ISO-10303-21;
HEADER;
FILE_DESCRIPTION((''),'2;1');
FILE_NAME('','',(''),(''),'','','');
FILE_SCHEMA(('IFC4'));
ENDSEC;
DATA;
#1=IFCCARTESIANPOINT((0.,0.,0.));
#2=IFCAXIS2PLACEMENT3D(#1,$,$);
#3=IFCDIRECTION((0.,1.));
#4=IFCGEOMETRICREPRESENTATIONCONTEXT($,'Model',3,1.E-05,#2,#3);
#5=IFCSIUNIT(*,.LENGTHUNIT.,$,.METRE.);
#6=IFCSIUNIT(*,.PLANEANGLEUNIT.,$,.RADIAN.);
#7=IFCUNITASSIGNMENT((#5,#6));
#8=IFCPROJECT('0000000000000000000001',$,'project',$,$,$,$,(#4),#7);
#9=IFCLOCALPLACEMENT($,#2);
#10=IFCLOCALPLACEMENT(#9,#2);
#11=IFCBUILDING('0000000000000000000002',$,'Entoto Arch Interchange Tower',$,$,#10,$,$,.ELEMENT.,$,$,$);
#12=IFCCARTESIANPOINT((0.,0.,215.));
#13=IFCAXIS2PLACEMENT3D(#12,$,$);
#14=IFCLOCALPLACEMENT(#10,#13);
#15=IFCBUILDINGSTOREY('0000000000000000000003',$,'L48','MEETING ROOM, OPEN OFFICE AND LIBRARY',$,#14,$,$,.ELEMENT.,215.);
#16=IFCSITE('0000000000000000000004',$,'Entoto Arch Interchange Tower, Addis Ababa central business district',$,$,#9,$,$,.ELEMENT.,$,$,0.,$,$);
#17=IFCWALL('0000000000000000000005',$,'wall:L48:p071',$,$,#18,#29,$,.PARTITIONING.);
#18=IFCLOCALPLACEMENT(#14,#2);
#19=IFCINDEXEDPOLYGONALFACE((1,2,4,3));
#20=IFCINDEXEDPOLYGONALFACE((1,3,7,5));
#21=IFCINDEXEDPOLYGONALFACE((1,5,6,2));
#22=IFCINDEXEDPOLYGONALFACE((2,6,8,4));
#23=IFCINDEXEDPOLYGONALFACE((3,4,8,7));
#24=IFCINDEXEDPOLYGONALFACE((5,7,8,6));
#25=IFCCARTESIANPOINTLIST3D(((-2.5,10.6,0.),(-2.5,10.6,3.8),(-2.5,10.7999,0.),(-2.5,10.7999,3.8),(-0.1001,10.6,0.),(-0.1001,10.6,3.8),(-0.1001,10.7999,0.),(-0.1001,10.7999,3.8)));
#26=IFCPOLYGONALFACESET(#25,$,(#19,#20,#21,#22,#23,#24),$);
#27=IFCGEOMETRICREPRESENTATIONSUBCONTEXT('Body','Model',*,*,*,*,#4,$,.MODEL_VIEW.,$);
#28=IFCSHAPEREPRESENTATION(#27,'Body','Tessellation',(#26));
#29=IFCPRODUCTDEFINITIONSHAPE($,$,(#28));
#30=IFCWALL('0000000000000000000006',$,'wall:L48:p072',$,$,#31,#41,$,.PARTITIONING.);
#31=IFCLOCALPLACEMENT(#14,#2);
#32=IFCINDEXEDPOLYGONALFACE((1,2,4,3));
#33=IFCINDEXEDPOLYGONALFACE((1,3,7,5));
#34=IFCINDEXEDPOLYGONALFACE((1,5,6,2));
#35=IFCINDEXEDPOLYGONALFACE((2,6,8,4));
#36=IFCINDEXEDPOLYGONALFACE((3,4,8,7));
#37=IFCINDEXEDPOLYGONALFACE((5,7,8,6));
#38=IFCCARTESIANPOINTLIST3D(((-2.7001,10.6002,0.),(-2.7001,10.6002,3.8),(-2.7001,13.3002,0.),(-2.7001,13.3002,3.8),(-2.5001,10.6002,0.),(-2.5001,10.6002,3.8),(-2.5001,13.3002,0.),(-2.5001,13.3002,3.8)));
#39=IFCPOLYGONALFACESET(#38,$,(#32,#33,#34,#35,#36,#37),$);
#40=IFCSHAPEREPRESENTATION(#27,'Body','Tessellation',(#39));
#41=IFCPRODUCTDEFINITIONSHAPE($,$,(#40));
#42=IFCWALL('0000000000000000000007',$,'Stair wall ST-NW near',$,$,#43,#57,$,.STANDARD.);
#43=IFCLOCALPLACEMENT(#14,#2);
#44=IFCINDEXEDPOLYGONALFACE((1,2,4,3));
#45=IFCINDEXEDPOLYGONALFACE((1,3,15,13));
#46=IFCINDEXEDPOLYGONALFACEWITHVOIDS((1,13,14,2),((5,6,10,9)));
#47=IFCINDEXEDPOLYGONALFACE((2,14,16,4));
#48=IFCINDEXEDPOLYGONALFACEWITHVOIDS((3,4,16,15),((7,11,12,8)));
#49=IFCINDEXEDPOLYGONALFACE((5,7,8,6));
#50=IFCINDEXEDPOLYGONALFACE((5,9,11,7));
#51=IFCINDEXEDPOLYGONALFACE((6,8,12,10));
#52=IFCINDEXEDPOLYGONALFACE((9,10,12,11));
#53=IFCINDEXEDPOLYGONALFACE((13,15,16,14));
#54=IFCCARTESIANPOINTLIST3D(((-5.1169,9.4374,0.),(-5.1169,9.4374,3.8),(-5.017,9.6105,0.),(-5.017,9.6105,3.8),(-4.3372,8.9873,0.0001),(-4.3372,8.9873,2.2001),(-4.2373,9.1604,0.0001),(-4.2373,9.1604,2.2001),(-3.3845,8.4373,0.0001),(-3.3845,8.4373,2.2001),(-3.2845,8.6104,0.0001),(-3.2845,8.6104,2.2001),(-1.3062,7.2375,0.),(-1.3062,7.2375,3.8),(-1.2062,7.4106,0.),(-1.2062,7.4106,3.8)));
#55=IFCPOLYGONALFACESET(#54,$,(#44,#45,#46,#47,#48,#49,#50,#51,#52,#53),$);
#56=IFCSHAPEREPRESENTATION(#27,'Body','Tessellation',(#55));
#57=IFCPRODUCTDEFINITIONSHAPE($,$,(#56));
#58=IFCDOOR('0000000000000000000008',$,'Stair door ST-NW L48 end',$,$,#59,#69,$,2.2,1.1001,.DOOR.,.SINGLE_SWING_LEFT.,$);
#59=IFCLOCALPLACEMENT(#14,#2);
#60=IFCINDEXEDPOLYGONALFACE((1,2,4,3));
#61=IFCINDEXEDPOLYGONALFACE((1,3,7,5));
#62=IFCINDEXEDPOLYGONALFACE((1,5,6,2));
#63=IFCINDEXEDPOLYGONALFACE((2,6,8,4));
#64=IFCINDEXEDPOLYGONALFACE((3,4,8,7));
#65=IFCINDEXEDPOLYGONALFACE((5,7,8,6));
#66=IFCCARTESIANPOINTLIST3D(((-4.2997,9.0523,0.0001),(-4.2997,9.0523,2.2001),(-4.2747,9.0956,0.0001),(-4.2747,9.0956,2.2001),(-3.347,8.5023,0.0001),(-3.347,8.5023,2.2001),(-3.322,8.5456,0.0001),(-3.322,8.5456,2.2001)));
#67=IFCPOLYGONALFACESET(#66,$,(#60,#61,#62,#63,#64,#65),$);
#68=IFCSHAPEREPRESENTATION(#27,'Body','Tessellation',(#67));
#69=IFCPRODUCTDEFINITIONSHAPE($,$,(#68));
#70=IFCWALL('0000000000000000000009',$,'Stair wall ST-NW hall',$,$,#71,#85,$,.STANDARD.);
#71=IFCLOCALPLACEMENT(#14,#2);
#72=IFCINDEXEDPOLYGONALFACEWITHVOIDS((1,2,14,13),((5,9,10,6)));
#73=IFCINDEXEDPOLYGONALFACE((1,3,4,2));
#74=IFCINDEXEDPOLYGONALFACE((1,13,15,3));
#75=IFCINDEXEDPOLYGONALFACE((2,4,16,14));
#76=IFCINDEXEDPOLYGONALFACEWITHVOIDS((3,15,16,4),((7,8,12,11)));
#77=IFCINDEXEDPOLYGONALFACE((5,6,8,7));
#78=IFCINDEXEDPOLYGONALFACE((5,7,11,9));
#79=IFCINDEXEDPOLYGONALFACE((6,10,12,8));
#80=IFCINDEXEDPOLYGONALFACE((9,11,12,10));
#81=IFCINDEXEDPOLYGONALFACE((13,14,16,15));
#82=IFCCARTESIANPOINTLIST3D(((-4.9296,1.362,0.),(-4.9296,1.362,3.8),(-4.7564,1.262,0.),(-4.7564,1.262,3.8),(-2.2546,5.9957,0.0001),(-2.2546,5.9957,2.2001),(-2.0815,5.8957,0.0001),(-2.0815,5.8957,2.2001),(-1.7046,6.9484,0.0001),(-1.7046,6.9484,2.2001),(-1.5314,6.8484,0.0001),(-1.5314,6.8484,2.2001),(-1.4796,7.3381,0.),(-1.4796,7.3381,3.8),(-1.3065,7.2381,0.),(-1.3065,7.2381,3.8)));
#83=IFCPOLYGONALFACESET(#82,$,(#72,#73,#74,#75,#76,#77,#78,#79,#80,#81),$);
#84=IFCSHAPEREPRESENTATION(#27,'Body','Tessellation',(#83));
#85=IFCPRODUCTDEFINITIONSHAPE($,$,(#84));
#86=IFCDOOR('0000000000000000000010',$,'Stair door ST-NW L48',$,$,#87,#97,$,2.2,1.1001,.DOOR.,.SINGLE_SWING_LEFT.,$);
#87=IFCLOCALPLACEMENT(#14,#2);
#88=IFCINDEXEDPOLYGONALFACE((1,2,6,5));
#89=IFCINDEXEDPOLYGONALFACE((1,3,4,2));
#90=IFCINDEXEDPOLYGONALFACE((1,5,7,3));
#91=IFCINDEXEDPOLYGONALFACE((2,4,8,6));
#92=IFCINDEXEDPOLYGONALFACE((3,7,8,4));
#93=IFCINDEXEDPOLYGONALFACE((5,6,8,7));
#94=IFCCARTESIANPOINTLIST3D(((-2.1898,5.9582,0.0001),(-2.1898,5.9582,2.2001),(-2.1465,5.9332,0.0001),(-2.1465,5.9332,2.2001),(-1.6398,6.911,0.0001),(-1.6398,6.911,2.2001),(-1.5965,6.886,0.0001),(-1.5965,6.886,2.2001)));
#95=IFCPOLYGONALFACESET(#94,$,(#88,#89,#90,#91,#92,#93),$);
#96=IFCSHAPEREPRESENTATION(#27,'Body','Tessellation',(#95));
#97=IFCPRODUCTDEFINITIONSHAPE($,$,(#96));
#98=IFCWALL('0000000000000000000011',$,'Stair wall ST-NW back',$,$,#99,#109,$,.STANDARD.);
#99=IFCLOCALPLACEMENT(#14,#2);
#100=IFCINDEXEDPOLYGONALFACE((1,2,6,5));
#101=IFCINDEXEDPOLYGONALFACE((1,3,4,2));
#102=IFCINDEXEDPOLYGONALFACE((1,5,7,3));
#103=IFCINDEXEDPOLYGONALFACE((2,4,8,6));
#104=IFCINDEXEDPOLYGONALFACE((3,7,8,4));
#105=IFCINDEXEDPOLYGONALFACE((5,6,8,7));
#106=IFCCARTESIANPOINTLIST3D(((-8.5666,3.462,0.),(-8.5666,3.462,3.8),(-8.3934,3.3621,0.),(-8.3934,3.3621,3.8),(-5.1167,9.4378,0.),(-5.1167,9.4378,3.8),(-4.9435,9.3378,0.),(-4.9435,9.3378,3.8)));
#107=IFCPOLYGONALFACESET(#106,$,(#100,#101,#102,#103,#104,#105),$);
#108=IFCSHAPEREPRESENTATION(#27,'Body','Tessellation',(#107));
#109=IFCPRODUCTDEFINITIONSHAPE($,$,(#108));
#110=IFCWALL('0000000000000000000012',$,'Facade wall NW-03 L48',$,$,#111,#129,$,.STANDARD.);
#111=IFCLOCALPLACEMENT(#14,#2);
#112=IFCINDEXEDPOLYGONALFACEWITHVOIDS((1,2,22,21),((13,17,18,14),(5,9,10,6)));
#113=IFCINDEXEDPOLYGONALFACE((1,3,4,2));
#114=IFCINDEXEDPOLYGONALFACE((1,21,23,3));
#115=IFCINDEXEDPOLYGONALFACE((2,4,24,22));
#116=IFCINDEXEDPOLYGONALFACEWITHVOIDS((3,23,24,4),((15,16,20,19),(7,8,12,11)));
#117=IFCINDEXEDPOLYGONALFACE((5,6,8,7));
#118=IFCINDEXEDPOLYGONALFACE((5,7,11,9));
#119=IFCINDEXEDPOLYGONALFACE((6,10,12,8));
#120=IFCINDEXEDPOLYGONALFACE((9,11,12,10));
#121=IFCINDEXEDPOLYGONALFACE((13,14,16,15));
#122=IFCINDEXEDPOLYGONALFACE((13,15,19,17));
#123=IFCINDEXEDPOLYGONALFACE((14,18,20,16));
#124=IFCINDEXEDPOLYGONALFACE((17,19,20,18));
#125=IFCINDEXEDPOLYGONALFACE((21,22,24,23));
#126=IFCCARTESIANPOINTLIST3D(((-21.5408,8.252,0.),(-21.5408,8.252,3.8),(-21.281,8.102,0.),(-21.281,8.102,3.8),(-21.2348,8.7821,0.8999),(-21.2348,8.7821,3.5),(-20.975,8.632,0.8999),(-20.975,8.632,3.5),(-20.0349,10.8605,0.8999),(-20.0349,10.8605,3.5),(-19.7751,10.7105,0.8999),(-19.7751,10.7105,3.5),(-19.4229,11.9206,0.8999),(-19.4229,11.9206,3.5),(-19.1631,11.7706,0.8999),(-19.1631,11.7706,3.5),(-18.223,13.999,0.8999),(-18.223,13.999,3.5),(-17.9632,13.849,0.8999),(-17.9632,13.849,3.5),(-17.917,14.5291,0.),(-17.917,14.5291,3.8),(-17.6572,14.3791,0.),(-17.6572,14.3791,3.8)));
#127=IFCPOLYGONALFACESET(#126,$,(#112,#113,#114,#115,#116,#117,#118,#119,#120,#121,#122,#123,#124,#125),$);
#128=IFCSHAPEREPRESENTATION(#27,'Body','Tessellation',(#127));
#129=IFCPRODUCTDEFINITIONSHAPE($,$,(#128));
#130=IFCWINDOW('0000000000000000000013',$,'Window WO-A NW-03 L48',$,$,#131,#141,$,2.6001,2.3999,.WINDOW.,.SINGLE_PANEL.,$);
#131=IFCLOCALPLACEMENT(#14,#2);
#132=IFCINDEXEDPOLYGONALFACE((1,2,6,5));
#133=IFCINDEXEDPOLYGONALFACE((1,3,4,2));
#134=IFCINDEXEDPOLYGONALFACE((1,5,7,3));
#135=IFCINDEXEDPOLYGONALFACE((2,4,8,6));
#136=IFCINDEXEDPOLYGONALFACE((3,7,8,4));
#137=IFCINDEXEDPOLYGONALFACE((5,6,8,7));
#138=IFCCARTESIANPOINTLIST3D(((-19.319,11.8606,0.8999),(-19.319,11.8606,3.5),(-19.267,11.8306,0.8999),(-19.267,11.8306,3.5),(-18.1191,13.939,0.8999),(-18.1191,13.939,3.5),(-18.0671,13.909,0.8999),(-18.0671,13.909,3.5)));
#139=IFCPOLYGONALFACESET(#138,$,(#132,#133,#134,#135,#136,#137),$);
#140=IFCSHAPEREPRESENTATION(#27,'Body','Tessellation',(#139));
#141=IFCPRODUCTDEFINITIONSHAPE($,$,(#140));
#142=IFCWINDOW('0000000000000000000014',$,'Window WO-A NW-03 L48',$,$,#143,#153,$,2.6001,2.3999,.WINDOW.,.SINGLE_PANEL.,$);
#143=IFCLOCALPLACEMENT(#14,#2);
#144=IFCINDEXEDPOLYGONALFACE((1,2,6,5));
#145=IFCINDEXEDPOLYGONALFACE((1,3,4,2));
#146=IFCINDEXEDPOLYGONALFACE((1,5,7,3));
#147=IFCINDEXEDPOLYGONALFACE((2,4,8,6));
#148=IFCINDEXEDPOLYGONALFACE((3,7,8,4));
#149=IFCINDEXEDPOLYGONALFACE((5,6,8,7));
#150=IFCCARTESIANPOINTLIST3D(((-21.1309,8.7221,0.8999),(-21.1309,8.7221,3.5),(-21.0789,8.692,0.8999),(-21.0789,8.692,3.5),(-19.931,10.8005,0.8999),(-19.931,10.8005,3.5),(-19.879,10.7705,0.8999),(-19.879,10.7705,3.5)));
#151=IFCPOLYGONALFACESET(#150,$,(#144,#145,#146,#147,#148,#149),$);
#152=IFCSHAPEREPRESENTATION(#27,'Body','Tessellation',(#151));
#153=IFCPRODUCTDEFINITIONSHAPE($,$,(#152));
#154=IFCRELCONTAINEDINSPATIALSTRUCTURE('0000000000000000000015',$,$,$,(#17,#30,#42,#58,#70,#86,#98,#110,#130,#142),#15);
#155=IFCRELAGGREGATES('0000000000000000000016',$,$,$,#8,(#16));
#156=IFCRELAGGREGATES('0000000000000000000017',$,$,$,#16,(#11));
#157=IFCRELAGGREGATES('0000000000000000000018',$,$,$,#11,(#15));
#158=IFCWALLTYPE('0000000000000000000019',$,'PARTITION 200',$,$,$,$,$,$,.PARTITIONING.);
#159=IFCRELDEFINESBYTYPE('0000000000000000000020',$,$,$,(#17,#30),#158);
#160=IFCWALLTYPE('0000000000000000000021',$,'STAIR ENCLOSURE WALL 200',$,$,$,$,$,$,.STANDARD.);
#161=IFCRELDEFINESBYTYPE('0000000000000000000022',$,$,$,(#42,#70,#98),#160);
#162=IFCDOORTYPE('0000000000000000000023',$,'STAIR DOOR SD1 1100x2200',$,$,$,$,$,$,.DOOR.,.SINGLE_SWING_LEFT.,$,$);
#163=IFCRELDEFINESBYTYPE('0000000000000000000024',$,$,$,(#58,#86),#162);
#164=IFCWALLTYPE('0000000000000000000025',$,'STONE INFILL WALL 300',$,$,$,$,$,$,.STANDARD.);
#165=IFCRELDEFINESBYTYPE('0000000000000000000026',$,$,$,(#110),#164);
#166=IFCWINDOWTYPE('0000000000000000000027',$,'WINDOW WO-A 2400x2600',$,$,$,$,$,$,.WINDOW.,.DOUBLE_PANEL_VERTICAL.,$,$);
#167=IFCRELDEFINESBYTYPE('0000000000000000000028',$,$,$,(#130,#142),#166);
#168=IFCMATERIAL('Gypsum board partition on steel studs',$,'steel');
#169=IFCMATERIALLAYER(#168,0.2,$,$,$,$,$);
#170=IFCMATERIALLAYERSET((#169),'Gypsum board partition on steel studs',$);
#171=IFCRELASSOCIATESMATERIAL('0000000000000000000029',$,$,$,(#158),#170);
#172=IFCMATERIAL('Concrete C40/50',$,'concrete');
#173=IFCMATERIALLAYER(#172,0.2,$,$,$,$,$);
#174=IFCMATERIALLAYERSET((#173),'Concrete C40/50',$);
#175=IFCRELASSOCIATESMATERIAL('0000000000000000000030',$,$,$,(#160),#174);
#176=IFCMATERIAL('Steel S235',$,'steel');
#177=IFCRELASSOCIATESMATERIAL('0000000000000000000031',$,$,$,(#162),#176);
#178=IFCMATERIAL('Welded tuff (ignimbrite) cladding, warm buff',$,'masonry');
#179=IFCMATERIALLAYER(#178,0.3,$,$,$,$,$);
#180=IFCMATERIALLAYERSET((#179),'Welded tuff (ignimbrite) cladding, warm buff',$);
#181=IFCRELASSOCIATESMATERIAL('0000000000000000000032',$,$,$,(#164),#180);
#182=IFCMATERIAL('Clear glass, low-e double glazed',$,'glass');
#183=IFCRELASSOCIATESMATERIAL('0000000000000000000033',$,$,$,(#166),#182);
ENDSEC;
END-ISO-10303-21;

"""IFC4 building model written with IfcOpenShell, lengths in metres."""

from ifc_helpers import new_model, si_unit, direction, frame, frame_2d, origin, place, context, subcontext, project, spatial, rectangle, extrude, material, layer, layer_set, type_object, element, fill, save


model = new_model("IFC4")

# Units and contexts
model_context = context("Model", 3, precision=1e-05, world=origin(), true_north=direction((0.0, 1.0)))
body_context = subcontext(model_context, "Body", "Model", "MODEL_VIEW")
ifc_project = project(units=[si_unit("LENGTHUNIT", "METRE"), si_unit("PLANEANGLEUNIT", "RADIAN")], contexts=[model_context])

# Site, building, storey
site_placement = place(None, origin())
site = spatial("IfcSite", under=ifc_project, at=site_placement, Name="Entoto Arch Interchange Tower, Addis Ababa central business district", CompositionType="ELEMENT", RefElevation=0.0)
building_placement = place(site_placement, origin())
building = spatial("IfcBuilding", under=site, at=building_placement, Name="Entoto Arch Interchange Tower", CompositionType="ELEMENT")
storey_placement = place(building_placement, frame((0.0, 0.0, 215.0)))
storey = spatial("IfcBuildingStorey", under=building, at=storey_placement, Name="L48", Description="MEETING ROOM, OPEN OFFICE AND LIBRARY", CompositionType="ELEMENT", Elevation=215.0)

# Shared definitions
ifc_material_1 = material(Name="Concrete C40/50", Category="concrete")
ifc_material_2 = material(Name="Gypsum board partition on steel studs", Category="steel")

# Shared definitions
ifc_layer_1 = layer(ifc_material_2, 0.2)
ifc_layer_set_1 = layer_set([ifc_layer_1], Name="Gypsum board partition on steel studs")
wall_type_1 = type_object("IfcWallType", Name="PARTITION 200", PredefinedType="PARTITIONING", material=ifc_layer_set_1)

# Walls
wall_1_placement = place(storey_placement, frame((-0.1001, 10.7, 0.0), z_axis=(0.0, 0.0, 1.0), x_axis=(-1.0, 0.0, 0.0)))
element("IfcWall", 1, at=wall_1_placement, inside=storey, type_object=wall_type_1, Name="wall:L48:p071", PredefinedType="PARTITIONING", context=body_context, shape_type="SweptSolid", body=[
    extrude(rectangle(XDim=2.3999, YDim=0.2, at=frame_2d((1.2, 0.0))), origin(), (0.0, 0.0, 1.0), 3.8),
])
wall_2_placement = place(storey_placement, frame((-2.6001, 10.6001, 0.0), z_axis=(0.0, 0.0, 1.0), x_axis=(0.0, 1.0, 0.0)))
element("IfcWall", 2, at=wall_2_placement, inside=storey, type_object=wall_type_1, Name="wall:L48:p072", PredefinedType="PARTITIONING", context=body_context, shape_type="SweptSolid", body=[
    extrude(rectangle(XDim=2.7, YDim=0.2, at=frame_2d((1.3501, 0.0))), origin(), (0.0, 0.0, 1.0), 3.8),
])

# Walls, openings, doors
ifc_layer_2 = layer(ifc_material_1, 0.2)
ifc_layer_set_2 = layer_set([ifc_layer_2], Name="Concrete C40/50")
wall_type_2 = type_object("IfcWallType", Name="STAIR ENCLOSURE WALL 200", PredefinedType="STANDARD", material=ifc_layer_set_2)
wall_3_placement = place(storey_placement, frame((-1.2561, 7.324, 0.0), z_axis=(0.0, 0.0, 1.0), x_axis=(-0.866046, 0.499964, 0.0)))
wall_3 = element("IfcWall", 3, at=wall_3_placement, inside=storey, type_object=wall_type_2, Name="Stair wall ST-NW near", PredefinedType="STANDARD", context=body_context, shape_type="SweptSolid", body=[
    extrude(rectangle(XDim=4.4001, YDim=0.2, at=frame_2d((2.2002, 0.0))), origin(), (0.0, 0.0, 1.0), 3.8),
])
opening_1_placement = place(wall_3_placement, frame((2.3999, 0.0, 0.0)))
opening_1 = element("IfcOpeningElement", 4, at=opening_1_placement, cuts=wall_3, PredefinedType="OPENING", context=body_context, shape_type="SweptSolid", body=[
    extrude(rectangle(XDim=1.1001, YDim=2.2, at=frame_2d((0.55, 1.1001))), frame((0.0, 0.1099, 0.0), z_axis=(0.0, -1.0, 0.0), x_axis=(1.0, 0.0, 0.0)), (0.0, 0.0, 1.0), 0.22),
])
ifc_material_3 = material(Name="Steel S235", Category="steel")
door_type_1 = type_object("IfcDoorType", Name="STAIR DOOR SD1 1100x2200", OperationType="SINGLE_SWING_LEFT", PredefinedType="DOOR", material=ifc_material_3)
door_1_placement = place(opening_1_placement, origin())
door_1 = element("IfcDoor", 5, at=door_1_placement, inside=storey, type_object=door_type_1, Name="Stair door ST-NW L48 end", OperationType="SINGLE_SWING_LEFT", OverallHeight=2.2, OverallWidth=1.1001, PredefinedType="DOOR", context=body_context, shape_type="SweptSolid", body=[
    extrude(rectangle(XDim=1.1001, YDim=2.2, at=frame_2d((0.55, 1.1001))), frame((0.0, 0.0249, 0.0), z_axis=(0.0, -1.0, 0.0), x_axis=(1.0, 0.0, 0.0)), (0.0, 0.0, 1.0), 0.05),
])
fill(opening_1, door_1)
wall_4_placement = place(storey_placement, frame((-1.3931, 7.2881, 0.0), z_axis=(0.0, 0.0, 1.0), x_axis=(-0.499963, -0.866047, 0.0)))
wall_4 = element("IfcWall", 6, at=wall_4_placement, inside=storey, type_object=wall_type_2, Name="Stair wall ST-NW hall", PredefinedType="STANDARD", context=body_context, shape_type="SweptSolid", body=[
    extrude(rectangle(XDim=6.9004, YDim=0.2, at=frame_2d((3.4502, 0.0))), origin(), (0.0, 0.0, 1.0), 3.8),
])
opening_2_placement = place(wall_4_placement, frame((0.45, 0.0, 0.0)))
opening_2 = element("IfcOpeningElement", 7, at=opening_2_placement, cuts=wall_4, PredefinedType="OPENING", context=body_context, shape_type="SweptSolid", body=[
    extrude(rectangle(XDim=1.1001, YDim=2.2, at=frame_2d((0.55, 1.1001))), frame((0.0, 0.1099, 0.0), z_axis=(0.0, -1.0, 0.0), x_axis=(1.0, 0.0, 0.0)), (0.0, 0.0, 1.0), 0.22),
])
door_2_placement = place(opening_2_placement, origin())
door_2 = element("IfcDoor", 8, at=door_2_placement, inside=storey, type_object=door_type_1, Name="Stair door ST-NW L48", OperationType="SINGLE_SWING_LEFT", OverallHeight=2.2, OverallWidth=1.1001, PredefinedType="DOOR", context=body_context, shape_type="SweptSolid", body=[
    extrude(rectangle(XDim=1.1001, YDim=2.2, at=frame_2d((0.55, 1.1001))), frame((0.0, 0.0249, 0.0), z_axis=(0.0, -1.0, 0.0), x_axis=(1.0, 0.0, 0.0)), (0.0, 0.0, 1.0), 0.05),
])
fill(opening_2, door_2)

# Wall
wall_5_placement = place(storey_placement, frame((-5.03, 9.3879, 0.0), z_axis=(0.0, 0.0, 1.0), x_axis=(-0.499979, -0.866038, 0.0)))
element("IfcWall", 9, at=wall_5_placement, inside=storey, type_object=wall_type_2, Name="Stair wall ST-NW back", PredefinedType="STANDARD", context=body_context, shape_type="SweptSolid", body=[
    extrude(rectangle(XDim=6.9001, YDim=0.2, at=frame_2d((3.4502, 0.0))), origin(), (0.0, 0.0, 1.0), 3.8),
])

# Wall, openings, windows
ifc_material_4 = material(Name="Welded tuff (ignimbrite) cladding, warm buff", Category="masonry")
ifc_layer_3 = layer(ifc_material_4, 0.3)
ifc_layer_set_3 = layer_set([ifc_layer_3], Name="Welded tuff (ignimbrite) cladding, warm buff")
wall_type_3 = type_object("IfcWallType", Name="STONE INFILL WALL 300", PredefinedType="STANDARD", material=ifc_layer_set_3)
wall_6_placement = place(storey_placement, frame((-17.7871, 14.4541, 0.0), z_axis=(0.0, 0.0, 1.0), x_axis=(-0.499968, -0.866044, 0.0)))
wall_6 = element("IfcWall", 10, at=wall_6_placement, inside=storey, type_object=wall_type_3, Name="Facade wall NW-03 L48", PredefinedType="STANDARD", context=body_context, shape_type="SweptSolid", body=[
    extrude(rectangle(XDim=7.248, YDim=0.3, at=frame_2d((3.624, 0.0))), origin(), (0.0, 0.0, 1.0), 3.8),
])
opening_3_placement = place(wall_6_placement, frame((0.6121, 0.0, 0.8999)))
opening_3 = element("IfcOpeningElement", 11, at=opening_3_placement, cuts=wall_6, PredefinedType="OPENING", context=body_context, shape_type="SweptSolid", body=[
    extrude(rectangle(XDim=2.3999, YDim=2.6001, at=frame_2d((1.2, 1.3))), frame((0.0, 0.1602, 0.0), z_axis=(0.0, -1.0, 0.0), x_axis=(1.0, 0.0, 0.0)), (0.0, 0.0, 1.0), 0.3201),
])
opening_4_placement = place(wall_6_placement, frame((4.2361, 0.0, 0.8999)))
opening_4 = element("IfcOpeningElement", 12, at=opening_4_placement, cuts=wall_6, PredefinedType="OPENING", context=body_context, shape_type="SweptSolid", body=[
    extrude(rectangle(XDim=2.3999, YDim=2.6001, at=frame_2d((1.2, 1.3))), frame((0.0, 0.1602, 0.0), z_axis=(0.0, -1.0, 0.0), x_axis=(1.0, 0.0, 0.0)), (0.0, 0.0, 1.0), 0.3201),
])
ifc_material_5 = material(Name="Clear glass, low-e double glazed", Category="glass")
window_type = type_object("IfcWindowType", Name="WINDOW WO-A 2400x2600", PartitioningType="DOUBLE_PANEL_VERTICAL", PredefinedType="WINDOW", material=ifc_material_5)
window_1_placement = place(opening_3_placement, origin())
window_1 = element("IfcWindow", 13, at=window_1_placement, inside=storey, type_object=window_type, Name="Window WO-A NW-03 L48", OverallHeight=2.6001, OverallWidth=2.3999, PartitioningType="SINGLE_PANEL", PredefinedType="WINDOW", context=body_context, shape_type="SweptSolid", body=[
    extrude(rectangle(XDim=2.3999, YDim=2.6001, at=frame_2d((1.2, 1.3))), frame((0.0, 0.03, 0.0), z_axis=(0.0, -1.0, 0.0), x_axis=(1.0, 0.0, 0.0)), (0.0, 0.0, 1.0), 0.0601),
])
fill(opening_3, window_1)
window_2_placement = place(opening_4_placement, origin())
window_2 = element("IfcWindow", 14, at=window_2_placement, inside=storey, type_object=window_type, Name="Window WO-A NW-03 L48", OverallHeight=2.6001, OverallWidth=2.3999, PartitioningType="SINGLE_PANEL", PredefinedType="WINDOW", context=body_context, shape_type="SweptSolid", body=[
    extrude(rectangle(XDim=2.3999, YDim=2.6001, at=frame_2d((1.2, 1.3))), frame((0.0, 0.03, 0.0), z_axis=(0.0, -1.0, 0.0), x_axis=(1.0, 0.0, 0.0)), (0.0, 0.0, 1.0), 0.0601),
])
fill(opening_4, window_2)

save(model, "model.ifc")
